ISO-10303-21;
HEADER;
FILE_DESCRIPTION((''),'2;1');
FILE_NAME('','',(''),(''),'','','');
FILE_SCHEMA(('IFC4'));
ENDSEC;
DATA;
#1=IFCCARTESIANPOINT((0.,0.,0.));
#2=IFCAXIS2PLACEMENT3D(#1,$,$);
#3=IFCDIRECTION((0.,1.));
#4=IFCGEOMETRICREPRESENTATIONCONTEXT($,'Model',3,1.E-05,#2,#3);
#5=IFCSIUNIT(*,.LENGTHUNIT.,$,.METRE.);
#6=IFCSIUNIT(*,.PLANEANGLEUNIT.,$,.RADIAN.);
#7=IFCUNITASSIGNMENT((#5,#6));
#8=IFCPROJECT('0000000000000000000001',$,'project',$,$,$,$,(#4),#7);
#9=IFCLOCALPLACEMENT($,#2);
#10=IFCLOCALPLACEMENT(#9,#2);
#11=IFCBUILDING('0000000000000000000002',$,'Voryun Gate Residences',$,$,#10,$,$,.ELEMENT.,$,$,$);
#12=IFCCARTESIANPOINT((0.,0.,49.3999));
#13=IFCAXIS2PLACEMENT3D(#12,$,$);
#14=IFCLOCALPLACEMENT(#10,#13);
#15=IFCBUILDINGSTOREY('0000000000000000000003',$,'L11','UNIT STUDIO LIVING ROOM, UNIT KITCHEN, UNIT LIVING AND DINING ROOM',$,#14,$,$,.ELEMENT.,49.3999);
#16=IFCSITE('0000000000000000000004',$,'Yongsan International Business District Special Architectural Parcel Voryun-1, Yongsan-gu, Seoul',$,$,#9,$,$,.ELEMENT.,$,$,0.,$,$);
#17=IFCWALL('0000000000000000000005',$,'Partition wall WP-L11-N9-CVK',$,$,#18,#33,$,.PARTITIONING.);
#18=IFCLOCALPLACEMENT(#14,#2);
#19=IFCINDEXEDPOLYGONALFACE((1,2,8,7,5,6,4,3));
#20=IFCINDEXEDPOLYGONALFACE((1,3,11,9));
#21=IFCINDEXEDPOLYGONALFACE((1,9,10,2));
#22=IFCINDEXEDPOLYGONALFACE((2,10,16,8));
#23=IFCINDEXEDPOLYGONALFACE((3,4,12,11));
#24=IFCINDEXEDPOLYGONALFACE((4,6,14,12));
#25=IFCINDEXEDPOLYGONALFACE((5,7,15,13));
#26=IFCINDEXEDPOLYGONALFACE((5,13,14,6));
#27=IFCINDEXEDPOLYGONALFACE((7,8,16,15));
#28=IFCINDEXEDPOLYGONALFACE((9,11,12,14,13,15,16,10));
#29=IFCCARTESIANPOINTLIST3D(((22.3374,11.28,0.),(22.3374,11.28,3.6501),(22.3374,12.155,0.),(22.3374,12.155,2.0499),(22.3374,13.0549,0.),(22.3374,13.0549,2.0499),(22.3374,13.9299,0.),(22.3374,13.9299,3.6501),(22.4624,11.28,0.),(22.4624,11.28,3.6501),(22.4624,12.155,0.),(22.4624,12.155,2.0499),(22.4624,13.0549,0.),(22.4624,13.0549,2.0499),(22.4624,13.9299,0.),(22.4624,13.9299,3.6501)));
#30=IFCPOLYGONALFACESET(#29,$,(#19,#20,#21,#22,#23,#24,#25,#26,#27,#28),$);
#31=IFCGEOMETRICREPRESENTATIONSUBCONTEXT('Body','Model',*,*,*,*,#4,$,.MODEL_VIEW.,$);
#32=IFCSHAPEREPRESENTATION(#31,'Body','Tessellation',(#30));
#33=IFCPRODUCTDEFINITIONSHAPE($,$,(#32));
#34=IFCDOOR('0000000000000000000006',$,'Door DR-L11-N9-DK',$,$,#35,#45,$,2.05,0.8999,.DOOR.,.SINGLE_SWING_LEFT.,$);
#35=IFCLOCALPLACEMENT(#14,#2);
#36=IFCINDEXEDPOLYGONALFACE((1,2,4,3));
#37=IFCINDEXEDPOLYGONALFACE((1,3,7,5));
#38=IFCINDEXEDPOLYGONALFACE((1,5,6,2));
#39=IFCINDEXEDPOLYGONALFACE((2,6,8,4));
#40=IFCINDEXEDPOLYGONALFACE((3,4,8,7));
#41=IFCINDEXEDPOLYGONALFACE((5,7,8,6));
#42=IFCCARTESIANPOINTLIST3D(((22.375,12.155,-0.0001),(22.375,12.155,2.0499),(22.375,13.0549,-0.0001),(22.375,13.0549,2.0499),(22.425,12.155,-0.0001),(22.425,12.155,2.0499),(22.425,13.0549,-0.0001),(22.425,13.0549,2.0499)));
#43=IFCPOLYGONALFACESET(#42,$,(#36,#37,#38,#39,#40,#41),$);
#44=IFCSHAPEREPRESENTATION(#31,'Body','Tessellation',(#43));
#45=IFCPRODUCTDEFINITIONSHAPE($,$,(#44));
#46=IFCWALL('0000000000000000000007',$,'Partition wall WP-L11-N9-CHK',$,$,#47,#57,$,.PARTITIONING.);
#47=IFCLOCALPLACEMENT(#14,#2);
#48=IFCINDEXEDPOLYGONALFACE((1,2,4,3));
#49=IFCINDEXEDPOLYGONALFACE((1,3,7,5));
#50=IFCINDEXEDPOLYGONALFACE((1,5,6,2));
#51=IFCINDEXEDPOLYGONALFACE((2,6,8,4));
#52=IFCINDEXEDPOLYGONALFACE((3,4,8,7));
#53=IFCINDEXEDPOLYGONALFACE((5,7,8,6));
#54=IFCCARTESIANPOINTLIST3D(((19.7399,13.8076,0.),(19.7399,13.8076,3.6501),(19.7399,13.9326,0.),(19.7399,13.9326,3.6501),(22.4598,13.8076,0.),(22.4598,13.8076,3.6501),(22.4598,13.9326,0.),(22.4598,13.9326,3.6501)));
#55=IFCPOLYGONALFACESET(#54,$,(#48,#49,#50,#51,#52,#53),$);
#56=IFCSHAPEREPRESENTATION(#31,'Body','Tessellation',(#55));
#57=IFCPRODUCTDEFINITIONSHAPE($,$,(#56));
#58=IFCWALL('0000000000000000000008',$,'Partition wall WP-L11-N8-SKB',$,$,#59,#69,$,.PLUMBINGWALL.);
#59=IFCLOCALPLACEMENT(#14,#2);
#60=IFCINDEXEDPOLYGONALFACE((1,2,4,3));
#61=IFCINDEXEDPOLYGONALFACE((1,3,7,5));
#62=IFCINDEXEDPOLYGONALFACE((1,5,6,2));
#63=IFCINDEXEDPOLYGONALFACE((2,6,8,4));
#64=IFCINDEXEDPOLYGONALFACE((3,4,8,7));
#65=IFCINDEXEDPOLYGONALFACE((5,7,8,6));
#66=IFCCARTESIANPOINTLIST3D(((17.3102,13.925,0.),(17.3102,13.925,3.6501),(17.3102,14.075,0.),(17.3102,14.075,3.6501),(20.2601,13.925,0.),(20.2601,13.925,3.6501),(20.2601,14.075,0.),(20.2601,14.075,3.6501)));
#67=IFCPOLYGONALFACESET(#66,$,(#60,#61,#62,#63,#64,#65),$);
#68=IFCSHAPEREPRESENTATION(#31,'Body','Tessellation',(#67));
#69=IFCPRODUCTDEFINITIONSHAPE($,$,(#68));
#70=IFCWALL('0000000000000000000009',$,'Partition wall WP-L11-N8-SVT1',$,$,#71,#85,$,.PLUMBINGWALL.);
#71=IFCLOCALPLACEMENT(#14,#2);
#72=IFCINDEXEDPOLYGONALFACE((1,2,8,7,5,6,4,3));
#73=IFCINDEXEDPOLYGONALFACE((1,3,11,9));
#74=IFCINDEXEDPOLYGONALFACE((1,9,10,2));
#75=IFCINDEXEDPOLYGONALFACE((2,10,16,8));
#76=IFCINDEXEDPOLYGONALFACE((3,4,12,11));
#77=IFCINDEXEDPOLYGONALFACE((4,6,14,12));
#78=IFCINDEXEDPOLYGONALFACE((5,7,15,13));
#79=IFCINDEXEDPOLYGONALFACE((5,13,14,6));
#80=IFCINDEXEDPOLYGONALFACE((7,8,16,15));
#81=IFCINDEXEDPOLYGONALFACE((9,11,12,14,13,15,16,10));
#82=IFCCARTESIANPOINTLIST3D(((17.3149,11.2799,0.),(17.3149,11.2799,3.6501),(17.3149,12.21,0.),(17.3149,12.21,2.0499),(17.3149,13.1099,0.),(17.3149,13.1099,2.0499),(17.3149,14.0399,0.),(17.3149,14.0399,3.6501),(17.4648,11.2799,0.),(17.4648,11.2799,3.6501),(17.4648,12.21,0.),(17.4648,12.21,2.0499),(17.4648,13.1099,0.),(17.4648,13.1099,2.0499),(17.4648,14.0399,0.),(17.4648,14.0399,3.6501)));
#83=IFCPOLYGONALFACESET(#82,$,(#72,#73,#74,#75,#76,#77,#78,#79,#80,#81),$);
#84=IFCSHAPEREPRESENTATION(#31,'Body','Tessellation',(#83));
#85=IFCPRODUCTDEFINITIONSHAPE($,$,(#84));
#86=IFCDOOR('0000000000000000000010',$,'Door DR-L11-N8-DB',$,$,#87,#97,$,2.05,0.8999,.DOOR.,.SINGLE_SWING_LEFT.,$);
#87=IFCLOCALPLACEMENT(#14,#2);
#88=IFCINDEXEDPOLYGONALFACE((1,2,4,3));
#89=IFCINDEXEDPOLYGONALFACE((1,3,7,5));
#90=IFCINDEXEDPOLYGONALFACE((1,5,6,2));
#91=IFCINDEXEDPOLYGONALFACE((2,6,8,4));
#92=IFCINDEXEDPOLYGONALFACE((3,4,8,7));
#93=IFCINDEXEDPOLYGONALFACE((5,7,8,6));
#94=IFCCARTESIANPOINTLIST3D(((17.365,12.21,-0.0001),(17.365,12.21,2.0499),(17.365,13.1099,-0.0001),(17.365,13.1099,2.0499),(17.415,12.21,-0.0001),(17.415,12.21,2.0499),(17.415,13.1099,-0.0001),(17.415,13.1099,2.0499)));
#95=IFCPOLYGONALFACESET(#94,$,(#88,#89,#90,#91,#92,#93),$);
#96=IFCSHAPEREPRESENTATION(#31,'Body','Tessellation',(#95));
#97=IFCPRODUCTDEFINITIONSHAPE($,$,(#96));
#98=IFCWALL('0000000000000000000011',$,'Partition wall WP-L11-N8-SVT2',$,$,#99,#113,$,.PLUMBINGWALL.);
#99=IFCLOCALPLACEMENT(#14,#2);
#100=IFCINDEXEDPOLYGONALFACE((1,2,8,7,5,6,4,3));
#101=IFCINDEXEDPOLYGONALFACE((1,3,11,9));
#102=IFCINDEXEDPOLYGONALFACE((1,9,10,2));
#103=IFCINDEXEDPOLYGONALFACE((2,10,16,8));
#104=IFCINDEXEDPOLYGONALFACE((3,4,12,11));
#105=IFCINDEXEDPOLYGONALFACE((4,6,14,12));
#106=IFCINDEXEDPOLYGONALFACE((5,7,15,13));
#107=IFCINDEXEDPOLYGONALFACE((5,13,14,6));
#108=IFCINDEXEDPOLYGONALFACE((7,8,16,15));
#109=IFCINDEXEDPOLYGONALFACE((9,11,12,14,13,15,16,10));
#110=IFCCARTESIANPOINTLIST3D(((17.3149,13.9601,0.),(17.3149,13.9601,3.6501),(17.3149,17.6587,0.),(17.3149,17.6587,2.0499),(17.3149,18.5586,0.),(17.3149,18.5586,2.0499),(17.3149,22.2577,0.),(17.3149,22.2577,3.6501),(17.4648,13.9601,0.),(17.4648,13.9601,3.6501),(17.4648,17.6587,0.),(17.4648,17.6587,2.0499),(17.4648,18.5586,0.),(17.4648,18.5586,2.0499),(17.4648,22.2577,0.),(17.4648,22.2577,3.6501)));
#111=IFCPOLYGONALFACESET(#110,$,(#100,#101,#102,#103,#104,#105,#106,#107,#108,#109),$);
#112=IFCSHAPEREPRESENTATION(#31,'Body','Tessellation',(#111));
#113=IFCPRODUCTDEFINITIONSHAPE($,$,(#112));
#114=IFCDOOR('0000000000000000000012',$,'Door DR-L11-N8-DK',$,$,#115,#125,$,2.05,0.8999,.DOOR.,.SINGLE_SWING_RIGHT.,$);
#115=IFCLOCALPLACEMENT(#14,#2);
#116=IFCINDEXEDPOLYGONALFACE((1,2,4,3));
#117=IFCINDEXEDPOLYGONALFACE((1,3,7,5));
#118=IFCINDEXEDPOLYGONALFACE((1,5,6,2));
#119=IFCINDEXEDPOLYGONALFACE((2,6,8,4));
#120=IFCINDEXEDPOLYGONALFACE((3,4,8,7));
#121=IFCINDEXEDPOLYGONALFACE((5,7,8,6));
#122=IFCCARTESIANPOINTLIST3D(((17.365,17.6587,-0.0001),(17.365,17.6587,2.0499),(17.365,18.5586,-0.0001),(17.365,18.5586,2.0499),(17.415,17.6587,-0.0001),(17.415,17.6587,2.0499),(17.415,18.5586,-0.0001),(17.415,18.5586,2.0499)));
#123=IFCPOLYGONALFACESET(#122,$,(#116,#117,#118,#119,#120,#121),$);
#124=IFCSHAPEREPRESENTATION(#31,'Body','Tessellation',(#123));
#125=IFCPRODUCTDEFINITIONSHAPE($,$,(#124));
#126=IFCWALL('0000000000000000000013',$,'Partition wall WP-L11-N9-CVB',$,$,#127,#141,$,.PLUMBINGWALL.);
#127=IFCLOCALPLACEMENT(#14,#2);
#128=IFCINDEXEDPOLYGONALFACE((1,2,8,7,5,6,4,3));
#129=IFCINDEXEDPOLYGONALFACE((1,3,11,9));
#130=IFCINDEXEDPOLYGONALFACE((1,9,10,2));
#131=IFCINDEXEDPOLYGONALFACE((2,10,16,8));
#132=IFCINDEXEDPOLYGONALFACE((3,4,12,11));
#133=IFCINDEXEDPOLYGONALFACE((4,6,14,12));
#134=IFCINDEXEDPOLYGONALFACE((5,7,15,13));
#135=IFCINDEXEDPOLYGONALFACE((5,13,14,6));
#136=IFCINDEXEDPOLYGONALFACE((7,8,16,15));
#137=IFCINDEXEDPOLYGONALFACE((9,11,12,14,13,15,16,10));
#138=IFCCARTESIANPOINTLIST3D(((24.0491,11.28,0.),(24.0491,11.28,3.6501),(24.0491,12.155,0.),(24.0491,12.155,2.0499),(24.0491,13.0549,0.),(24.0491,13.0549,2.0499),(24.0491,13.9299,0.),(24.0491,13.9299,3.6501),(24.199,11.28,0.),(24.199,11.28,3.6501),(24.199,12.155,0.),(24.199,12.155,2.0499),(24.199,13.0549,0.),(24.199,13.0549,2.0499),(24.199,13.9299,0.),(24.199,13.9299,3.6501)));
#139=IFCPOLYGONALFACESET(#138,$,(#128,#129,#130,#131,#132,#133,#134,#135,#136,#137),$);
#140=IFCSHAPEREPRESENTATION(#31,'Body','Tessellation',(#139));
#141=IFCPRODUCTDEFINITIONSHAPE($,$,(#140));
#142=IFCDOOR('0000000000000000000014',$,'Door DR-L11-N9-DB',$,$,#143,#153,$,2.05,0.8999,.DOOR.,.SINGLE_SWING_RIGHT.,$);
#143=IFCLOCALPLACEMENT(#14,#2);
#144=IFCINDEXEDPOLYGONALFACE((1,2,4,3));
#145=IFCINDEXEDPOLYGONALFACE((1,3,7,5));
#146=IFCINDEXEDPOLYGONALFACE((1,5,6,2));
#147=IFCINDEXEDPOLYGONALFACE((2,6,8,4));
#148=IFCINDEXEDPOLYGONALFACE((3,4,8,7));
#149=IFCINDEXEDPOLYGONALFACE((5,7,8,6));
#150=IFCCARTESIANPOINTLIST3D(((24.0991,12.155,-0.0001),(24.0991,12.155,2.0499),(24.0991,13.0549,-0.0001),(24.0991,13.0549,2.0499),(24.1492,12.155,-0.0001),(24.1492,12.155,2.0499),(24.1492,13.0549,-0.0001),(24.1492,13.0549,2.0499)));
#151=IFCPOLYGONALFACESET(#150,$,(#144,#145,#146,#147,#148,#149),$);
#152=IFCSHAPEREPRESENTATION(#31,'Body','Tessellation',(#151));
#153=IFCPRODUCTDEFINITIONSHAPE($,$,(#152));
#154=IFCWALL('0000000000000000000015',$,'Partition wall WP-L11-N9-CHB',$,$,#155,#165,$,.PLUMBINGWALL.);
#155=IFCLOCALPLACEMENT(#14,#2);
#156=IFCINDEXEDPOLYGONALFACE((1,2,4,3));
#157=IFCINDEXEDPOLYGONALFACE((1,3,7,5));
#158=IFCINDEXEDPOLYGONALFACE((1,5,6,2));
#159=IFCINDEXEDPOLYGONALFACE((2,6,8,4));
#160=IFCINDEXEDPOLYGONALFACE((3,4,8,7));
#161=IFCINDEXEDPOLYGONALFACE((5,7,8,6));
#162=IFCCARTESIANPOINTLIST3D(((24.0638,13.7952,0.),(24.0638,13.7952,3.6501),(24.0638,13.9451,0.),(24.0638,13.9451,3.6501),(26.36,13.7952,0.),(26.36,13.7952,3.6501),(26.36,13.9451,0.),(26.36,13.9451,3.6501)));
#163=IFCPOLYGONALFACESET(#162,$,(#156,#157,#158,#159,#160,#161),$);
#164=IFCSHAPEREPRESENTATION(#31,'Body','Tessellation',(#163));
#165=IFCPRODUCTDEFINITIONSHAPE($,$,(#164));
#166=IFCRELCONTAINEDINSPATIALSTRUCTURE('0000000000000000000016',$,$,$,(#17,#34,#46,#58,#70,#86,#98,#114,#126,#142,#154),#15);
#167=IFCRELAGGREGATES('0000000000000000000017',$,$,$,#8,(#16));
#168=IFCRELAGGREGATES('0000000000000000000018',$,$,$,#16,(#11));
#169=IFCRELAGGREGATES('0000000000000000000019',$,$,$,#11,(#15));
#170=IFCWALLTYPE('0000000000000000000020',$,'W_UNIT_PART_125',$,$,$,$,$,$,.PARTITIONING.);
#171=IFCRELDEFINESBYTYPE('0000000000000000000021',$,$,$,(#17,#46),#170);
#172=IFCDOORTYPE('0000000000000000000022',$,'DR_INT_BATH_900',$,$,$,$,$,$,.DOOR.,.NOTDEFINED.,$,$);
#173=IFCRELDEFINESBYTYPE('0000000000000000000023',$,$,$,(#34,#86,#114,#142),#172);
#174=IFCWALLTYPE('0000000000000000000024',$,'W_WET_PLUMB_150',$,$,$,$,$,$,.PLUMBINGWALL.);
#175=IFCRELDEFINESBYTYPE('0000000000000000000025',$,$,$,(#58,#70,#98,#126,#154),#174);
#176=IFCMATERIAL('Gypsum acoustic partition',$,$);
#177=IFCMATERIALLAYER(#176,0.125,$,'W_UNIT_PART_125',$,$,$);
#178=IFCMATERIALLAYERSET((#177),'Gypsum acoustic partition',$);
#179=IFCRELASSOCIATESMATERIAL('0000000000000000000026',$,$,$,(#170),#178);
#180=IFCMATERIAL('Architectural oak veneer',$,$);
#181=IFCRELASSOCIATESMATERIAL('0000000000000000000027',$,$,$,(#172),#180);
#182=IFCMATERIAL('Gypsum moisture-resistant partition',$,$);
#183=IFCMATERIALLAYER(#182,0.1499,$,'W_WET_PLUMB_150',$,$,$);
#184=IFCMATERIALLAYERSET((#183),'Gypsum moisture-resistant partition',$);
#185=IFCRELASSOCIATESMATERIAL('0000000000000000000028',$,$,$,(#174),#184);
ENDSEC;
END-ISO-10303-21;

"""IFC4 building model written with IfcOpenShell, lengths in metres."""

from ifc_helpers import new_model, si_unit, direction, frame, frame_2d, origin, place, context, subcontext, project, spatial, rectangle, extrude, material, layer, layer_set, type_object, element, fill, save


model = new_model("IFC4")

# Units and contexts
model_context = context("Model", 3, precision=1e-05, world=origin(), true_north=direction((0.0, 1.0)))
body_context = subcontext(model_context, "Body", "Model", "MODEL_VIEW")
ifc_project = project(units=[si_unit("LENGTHUNIT", "METRE"), si_unit("PLANEANGLEUNIT", "RADIAN")], contexts=[model_context])

# Site, building, storey
site_placement = place(None, origin())
site = spatial("IfcSite", under=ifc_project, at=site_placement, Name="Yongsan International Business District Special Architectural Parcel Voryun-1, Yongsan-gu, Seoul", CompositionType="ELEMENT", RefElevation=0.0)
building_placement = place(site_placement, origin())
building = spatial("IfcBuilding", under=site, at=building_placement, Name="Voryun Gate Residences", CompositionType="ELEMENT")
storey_placement = place(building_placement, frame((0.0, 0.0, 49.3999)))
storey = spatial("IfcBuildingStorey", under=building, at=storey_placement, Name="L11", Description="UNIT STUDIO LIVING ROOM, UNIT KITCHEN, UNIT LIVING AND DINING ROOM", CompositionType="ELEMENT", Elevation=49.3999)

# Wall, opening, door
ifc_material_1 = material(Name="Gypsum acoustic partition")
ifc_layer_1 = layer(ifc_material_1, 0.125, Name="W_UNIT_PART_125")
ifc_layer_set_1 = layer_set([ifc_layer_1], Name="Gypsum acoustic partition")
wall_type_1 = type_object("IfcWallType", Name="W_UNIT_PART_125", PredefinedType="PARTITIONING", material=ifc_layer_set_1)
wall_1_placement = place(storey_placement, frame((22.3999, 11.28, 0.0), z_axis=(0.0, 0.0, 1.0), x_axis=(0.0, 1.0, 0.0)))
wall_1 = element("IfcWall", 1, at=wall_1_placement, inside=storey, type_object=wall_type_1, Name="Partition wall WP-L11-N9-CVK", PredefinedType="PARTITIONING", context=body_context, shape_type="SweptSolid", body=[
    extrude(rectangle(XDim=2.6499, YDim=0.125, at=frame_2d((1.325, 0.0))), origin(), (0.0, 0.0, 1.0), 3.6501),
])
opening_1_placement = place(wall_1_placement, frame((0.875, 0.0, 0.0)))
opening_1 = element("IfcOpeningElement", 2, at=opening_1_placement, cuts=wall_1, PredefinedType="OPENING", context=body_context, shape_type="SweptSolid", body=[
    extrude(rectangle(XDim=0.8999, YDim=2.05, at=frame_2d((0.45, 1.0249))), frame((0.0, 0.0725, 0.0), z_axis=(0.0, -1.0, 0.0), x_axis=(1.0, 0.0, 0.0)), (0.0, 0.0, 1.0), 0.145),
])
ifc_material_2 = material(Name="Architectural oak veneer")
door_type = type_object("IfcDoorType", Name="DR_INT_BATH_900", OperationType="NOTDEFINED", PredefinedType="DOOR", material=ifc_material_2)
door_1_placement = place(opening_1_placement, origin())
door_1 = element("IfcDoor", 3, at=door_1_placement, inside=storey, type_object=door_type, Name="Door DR-L11-N9-DK", OperationType="SINGLE_SWING_LEFT", OverallHeight=2.05, OverallWidth=0.8999, PredefinedType="DOOR", context=body_context, shape_type="SweptSolid", body=[
    extrude(rectangle(XDim=0.8999, YDim=2.05, at=frame_2d((0.45, 1.0249))), frame((0.0, 0.0249, 0.0), z_axis=(0.0, -1.0, 0.0), x_axis=(1.0, 0.0, 0.0)), (0.0, 0.0, 1.0), 0.05),
])
fill(opening_1, door_1)

# Walls
wall_2_placement = place(storey_placement, frame((19.74, 13.8701, 0.0), z_axis=(0.0, 0.0, 1.0), x_axis=(1.0, 0.0, 0.0)))
element("IfcWall", 4, at=wall_2_placement, inside=storey, type_object=wall_type_1, Name="Partition wall WP-L11-N9-CHK", PredefinedType="PARTITIONING", context=body_context, shape_type="SweptSolid", body=[
    extrude(rectangle(XDim=2.72, YDim=0.125, at=frame_2d((1.3599, 0.0))), origin(), (0.0, 0.0, 1.0), 3.6501),
])
ifc_material_3 = material(Name="Gypsum moisture-resistant partition")
ifc_layer_2 = layer(ifc_material_3, 0.1499, Name="W_WET_PLUMB_150")
ifc_layer_set_2 = layer_set([ifc_layer_2], Name="Gypsum moisture-resistant partition")
wall_type_2 = type_object("IfcWallType", Name="W_WET_PLUMB_150", PredefinedType="PLUMBINGWALL", material=ifc_layer_set_2)
wall_3_placement = place(storey_placement, frame((17.3101, 14.0, 0.0), z_axis=(0.0, 0.0, 1.0), x_axis=(1.0, 0.0, 0.0)))
element("IfcWall", 5, at=wall_3_placement, inside=storey, type_object=wall_type_2, Name="Partition wall WP-L11-N8-SKB", PredefinedType="PLUMBINGWALL", context=body_context, shape_type="SweptSolid", body=[
    extrude(rectangle(XDim=2.95, YDim=0.1499, at=frame_2d((1.4751, 0.0))), origin(), (0.0, 0.0, 1.0), 3.6501),
])

# Walls, openings, doors
wall_4_placement = place(storey_placement, frame((17.3899, 11.28, 0.0), z_axis=(0.0, 0.0, 1.0), x_axis=(0.0, 1.0, 0.0)))
wall_4 = element("IfcWall", 6, at=wall_4_placement, inside=storey, type_object=wall_type_2, Name="Partition wall WP-L11-N8-SVT1", PredefinedType="PLUMBINGWALL", context=body_context, shape_type="SweptSolid", body=[
    extrude(rectangle(XDim=2.76, YDim=0.1499, at=frame_2d((1.3799, 0.0))), origin(), (0.0, 0.0, 1.0), 3.6501),
])
opening_2_placement = place(wall_4_placement, frame((0.9299, 0.0, 0.0)))
opening_2 = element("IfcOpeningElement", 7, at=opening_2_placement, cuts=wall_4, PredefinedType="OPENING", context=body_context, shape_type="SweptSolid", body=[
    extrude(rectangle(XDim=0.8999, YDim=2.05, at=frame_2d((0.45, 1.0249))), frame((0.0, 0.085, 0.0), z_axis=(0.0, -1.0, 0.0), x_axis=(1.0, 0.0, 0.0)), (0.0, 0.0, 1.0), 0.1699),
])
door_2_placement = place(opening_2_placement, origin())
door_2 = element("IfcDoor", 8, at=door_2_placement, inside=storey, type_object=door_type, Name="Door DR-L11-N8-DB", OperationType="SINGLE_SWING_LEFT", OverallHeight=2.05, OverallWidth=0.8999, PredefinedType="DOOR", context=body_context, shape_type="SweptSolid", body=[
    extrude(rectangle(XDim=0.8999, YDim=2.05, at=frame_2d((0.45, 1.0249))), frame((0.0, 0.0249, 0.0), z_axis=(0.0, -1.0, 0.0), x_axis=(1.0, 0.0, 0.0)), (0.0, 0.0, 1.0), 0.05),
])
fill(opening_2, door_2)
wall_5_placement = place(storey_placement, frame((17.3899, 13.96, 0.0), z_axis=(0.0, 0.0, 1.0), x_axis=(0.0, 1.0, 0.0)))
wall_5 = element("IfcWall", 9, at=wall_5_placement, inside=storey, type_object=wall_type_2, Name="Partition wall WP-L11-N8-SVT2", PredefinedType="PLUMBINGWALL", context=body_context, shape_type="SweptSolid", body=[
    extrude(rectangle(XDim=8.2976, YDim=0.1499, at=frame_2d((4.1489, 0.0))), origin(), (0.0, 0.0, 1.0), 3.6501),
])
opening_3_placement = place(wall_5_placement, frame((3.6987, 0.0, 0.0)))
opening_3 = element("IfcOpeningElement", 10, at=opening_3_placement, cuts=wall_5, PredefinedType="OPENING", context=body_context, shape_type="SweptSolid", body=[
    extrude(rectangle(XDim=0.8999, YDim=2.05, at=frame_2d((0.45, 1.0249))), frame((0.0, 0.085, 0.0), z_axis=(0.0, -1.0, 0.0), x_axis=(1.0, 0.0, 0.0)), (0.0, 0.0, 1.0), 0.1699),
])
door_3_placement = place(opening_3_placement, origin())
door_3 = element("IfcDoor", 11, at=door_3_placement, inside=storey, type_object=door_type, Name="Door DR-L11-N8-DK", OperationType="SINGLE_SWING_RIGHT", OverallHeight=2.05, OverallWidth=0.8999, PredefinedType="DOOR", context=body_context, shape_type="SweptSolid", body=[
    extrude(rectangle(XDim=0.8999, YDim=2.05, at=frame_2d((0.45, 1.0249))), frame((0.0, 0.0249, 0.0), z_axis=(0.0, -1.0, 0.0), x_axis=(1.0, 0.0, 0.0)), (0.0, 0.0, 1.0), 0.05),
])
fill(opening_3, door_3)
wall_6_placement = place(storey_placement, frame((24.124, 11.28, 0.0), z_axis=(0.0, 0.0, 1.0), x_axis=(0.0, 1.0, 0.0)))
wall_6 = element("IfcWall", 12, at=wall_6_placement, inside=storey, type_object=wall_type_2, Name="Partition wall WP-L11-N9-CVB", PredefinedType="PLUMBINGWALL", context=body_context, shape_type="SweptSolid", body=[
    extrude(rectangle(XDim=2.6499, YDim=0.1499, at=frame_2d((1.325, 0.0))), origin(), (0.0, 0.0, 1.0), 3.6501),
])
opening_4_placement = place(wall_6_placement, frame((0.875, 0.0, 0.0)))
opening_4 = element("IfcOpeningElement", 13, at=opening_4_placement, cuts=wall_6, PredefinedType="OPENING", context=body_context, shape_type="SweptSolid", body=[
    extrude(rectangle(XDim=0.8999, YDim=2.05, at=frame_2d((0.45, 1.0249))), frame((0.0, 0.085, 0.0), z_axis=(0.0, -1.0, 0.0), x_axis=(1.0, 0.0, 0.0)), (0.0, 0.0, 1.0), 0.1699),
])
door_4_placement = place(opening_4_placement, origin())
door_4 = element("IfcDoor", 14, at=door_4_placement, inside=storey, type_object=door_type, Name="Door DR-L11-N9-DB", OperationType="SINGLE_SWING_RIGHT", OverallHeight=2.05, OverallWidth=0.8999, PredefinedType="DOOR", context=body_context, shape_type="SweptSolid", body=[
    extrude(rectangle(XDim=0.8999, YDim=2.05, at=frame_2d((0.45, 1.0249))), frame((0.0, 0.0249, 0.0), z_axis=(0.0, -1.0, 0.0), x_axis=(1.0, 0.0, 0.0)), (0.0, 0.0, 1.0), 0.05),
])
fill(opening_4, door_4)

# Wall
wall_7_placement = place(storey_placement, frame((24.064, 13.8701, 0.0), z_axis=(0.0, 0.0, 1.0), x_axis=(1.0, 0.0, 0.0)))
element("IfcWall", 15, at=wall_7_placement, inside=storey, type_object=wall_type_2, Name="Partition wall WP-L11-N9-CHB", PredefinedType="PLUMBINGWALL", context=body_context, shape_type="SweptSolid", body=[
    extrude(rectangle(XDim=2.2961, YDim=0.1499, at=frame_2d((1.1479, 0.0))), origin(), (0.0, 0.0, 1.0), 3.6501),
])

save(model, "model.ifc")
